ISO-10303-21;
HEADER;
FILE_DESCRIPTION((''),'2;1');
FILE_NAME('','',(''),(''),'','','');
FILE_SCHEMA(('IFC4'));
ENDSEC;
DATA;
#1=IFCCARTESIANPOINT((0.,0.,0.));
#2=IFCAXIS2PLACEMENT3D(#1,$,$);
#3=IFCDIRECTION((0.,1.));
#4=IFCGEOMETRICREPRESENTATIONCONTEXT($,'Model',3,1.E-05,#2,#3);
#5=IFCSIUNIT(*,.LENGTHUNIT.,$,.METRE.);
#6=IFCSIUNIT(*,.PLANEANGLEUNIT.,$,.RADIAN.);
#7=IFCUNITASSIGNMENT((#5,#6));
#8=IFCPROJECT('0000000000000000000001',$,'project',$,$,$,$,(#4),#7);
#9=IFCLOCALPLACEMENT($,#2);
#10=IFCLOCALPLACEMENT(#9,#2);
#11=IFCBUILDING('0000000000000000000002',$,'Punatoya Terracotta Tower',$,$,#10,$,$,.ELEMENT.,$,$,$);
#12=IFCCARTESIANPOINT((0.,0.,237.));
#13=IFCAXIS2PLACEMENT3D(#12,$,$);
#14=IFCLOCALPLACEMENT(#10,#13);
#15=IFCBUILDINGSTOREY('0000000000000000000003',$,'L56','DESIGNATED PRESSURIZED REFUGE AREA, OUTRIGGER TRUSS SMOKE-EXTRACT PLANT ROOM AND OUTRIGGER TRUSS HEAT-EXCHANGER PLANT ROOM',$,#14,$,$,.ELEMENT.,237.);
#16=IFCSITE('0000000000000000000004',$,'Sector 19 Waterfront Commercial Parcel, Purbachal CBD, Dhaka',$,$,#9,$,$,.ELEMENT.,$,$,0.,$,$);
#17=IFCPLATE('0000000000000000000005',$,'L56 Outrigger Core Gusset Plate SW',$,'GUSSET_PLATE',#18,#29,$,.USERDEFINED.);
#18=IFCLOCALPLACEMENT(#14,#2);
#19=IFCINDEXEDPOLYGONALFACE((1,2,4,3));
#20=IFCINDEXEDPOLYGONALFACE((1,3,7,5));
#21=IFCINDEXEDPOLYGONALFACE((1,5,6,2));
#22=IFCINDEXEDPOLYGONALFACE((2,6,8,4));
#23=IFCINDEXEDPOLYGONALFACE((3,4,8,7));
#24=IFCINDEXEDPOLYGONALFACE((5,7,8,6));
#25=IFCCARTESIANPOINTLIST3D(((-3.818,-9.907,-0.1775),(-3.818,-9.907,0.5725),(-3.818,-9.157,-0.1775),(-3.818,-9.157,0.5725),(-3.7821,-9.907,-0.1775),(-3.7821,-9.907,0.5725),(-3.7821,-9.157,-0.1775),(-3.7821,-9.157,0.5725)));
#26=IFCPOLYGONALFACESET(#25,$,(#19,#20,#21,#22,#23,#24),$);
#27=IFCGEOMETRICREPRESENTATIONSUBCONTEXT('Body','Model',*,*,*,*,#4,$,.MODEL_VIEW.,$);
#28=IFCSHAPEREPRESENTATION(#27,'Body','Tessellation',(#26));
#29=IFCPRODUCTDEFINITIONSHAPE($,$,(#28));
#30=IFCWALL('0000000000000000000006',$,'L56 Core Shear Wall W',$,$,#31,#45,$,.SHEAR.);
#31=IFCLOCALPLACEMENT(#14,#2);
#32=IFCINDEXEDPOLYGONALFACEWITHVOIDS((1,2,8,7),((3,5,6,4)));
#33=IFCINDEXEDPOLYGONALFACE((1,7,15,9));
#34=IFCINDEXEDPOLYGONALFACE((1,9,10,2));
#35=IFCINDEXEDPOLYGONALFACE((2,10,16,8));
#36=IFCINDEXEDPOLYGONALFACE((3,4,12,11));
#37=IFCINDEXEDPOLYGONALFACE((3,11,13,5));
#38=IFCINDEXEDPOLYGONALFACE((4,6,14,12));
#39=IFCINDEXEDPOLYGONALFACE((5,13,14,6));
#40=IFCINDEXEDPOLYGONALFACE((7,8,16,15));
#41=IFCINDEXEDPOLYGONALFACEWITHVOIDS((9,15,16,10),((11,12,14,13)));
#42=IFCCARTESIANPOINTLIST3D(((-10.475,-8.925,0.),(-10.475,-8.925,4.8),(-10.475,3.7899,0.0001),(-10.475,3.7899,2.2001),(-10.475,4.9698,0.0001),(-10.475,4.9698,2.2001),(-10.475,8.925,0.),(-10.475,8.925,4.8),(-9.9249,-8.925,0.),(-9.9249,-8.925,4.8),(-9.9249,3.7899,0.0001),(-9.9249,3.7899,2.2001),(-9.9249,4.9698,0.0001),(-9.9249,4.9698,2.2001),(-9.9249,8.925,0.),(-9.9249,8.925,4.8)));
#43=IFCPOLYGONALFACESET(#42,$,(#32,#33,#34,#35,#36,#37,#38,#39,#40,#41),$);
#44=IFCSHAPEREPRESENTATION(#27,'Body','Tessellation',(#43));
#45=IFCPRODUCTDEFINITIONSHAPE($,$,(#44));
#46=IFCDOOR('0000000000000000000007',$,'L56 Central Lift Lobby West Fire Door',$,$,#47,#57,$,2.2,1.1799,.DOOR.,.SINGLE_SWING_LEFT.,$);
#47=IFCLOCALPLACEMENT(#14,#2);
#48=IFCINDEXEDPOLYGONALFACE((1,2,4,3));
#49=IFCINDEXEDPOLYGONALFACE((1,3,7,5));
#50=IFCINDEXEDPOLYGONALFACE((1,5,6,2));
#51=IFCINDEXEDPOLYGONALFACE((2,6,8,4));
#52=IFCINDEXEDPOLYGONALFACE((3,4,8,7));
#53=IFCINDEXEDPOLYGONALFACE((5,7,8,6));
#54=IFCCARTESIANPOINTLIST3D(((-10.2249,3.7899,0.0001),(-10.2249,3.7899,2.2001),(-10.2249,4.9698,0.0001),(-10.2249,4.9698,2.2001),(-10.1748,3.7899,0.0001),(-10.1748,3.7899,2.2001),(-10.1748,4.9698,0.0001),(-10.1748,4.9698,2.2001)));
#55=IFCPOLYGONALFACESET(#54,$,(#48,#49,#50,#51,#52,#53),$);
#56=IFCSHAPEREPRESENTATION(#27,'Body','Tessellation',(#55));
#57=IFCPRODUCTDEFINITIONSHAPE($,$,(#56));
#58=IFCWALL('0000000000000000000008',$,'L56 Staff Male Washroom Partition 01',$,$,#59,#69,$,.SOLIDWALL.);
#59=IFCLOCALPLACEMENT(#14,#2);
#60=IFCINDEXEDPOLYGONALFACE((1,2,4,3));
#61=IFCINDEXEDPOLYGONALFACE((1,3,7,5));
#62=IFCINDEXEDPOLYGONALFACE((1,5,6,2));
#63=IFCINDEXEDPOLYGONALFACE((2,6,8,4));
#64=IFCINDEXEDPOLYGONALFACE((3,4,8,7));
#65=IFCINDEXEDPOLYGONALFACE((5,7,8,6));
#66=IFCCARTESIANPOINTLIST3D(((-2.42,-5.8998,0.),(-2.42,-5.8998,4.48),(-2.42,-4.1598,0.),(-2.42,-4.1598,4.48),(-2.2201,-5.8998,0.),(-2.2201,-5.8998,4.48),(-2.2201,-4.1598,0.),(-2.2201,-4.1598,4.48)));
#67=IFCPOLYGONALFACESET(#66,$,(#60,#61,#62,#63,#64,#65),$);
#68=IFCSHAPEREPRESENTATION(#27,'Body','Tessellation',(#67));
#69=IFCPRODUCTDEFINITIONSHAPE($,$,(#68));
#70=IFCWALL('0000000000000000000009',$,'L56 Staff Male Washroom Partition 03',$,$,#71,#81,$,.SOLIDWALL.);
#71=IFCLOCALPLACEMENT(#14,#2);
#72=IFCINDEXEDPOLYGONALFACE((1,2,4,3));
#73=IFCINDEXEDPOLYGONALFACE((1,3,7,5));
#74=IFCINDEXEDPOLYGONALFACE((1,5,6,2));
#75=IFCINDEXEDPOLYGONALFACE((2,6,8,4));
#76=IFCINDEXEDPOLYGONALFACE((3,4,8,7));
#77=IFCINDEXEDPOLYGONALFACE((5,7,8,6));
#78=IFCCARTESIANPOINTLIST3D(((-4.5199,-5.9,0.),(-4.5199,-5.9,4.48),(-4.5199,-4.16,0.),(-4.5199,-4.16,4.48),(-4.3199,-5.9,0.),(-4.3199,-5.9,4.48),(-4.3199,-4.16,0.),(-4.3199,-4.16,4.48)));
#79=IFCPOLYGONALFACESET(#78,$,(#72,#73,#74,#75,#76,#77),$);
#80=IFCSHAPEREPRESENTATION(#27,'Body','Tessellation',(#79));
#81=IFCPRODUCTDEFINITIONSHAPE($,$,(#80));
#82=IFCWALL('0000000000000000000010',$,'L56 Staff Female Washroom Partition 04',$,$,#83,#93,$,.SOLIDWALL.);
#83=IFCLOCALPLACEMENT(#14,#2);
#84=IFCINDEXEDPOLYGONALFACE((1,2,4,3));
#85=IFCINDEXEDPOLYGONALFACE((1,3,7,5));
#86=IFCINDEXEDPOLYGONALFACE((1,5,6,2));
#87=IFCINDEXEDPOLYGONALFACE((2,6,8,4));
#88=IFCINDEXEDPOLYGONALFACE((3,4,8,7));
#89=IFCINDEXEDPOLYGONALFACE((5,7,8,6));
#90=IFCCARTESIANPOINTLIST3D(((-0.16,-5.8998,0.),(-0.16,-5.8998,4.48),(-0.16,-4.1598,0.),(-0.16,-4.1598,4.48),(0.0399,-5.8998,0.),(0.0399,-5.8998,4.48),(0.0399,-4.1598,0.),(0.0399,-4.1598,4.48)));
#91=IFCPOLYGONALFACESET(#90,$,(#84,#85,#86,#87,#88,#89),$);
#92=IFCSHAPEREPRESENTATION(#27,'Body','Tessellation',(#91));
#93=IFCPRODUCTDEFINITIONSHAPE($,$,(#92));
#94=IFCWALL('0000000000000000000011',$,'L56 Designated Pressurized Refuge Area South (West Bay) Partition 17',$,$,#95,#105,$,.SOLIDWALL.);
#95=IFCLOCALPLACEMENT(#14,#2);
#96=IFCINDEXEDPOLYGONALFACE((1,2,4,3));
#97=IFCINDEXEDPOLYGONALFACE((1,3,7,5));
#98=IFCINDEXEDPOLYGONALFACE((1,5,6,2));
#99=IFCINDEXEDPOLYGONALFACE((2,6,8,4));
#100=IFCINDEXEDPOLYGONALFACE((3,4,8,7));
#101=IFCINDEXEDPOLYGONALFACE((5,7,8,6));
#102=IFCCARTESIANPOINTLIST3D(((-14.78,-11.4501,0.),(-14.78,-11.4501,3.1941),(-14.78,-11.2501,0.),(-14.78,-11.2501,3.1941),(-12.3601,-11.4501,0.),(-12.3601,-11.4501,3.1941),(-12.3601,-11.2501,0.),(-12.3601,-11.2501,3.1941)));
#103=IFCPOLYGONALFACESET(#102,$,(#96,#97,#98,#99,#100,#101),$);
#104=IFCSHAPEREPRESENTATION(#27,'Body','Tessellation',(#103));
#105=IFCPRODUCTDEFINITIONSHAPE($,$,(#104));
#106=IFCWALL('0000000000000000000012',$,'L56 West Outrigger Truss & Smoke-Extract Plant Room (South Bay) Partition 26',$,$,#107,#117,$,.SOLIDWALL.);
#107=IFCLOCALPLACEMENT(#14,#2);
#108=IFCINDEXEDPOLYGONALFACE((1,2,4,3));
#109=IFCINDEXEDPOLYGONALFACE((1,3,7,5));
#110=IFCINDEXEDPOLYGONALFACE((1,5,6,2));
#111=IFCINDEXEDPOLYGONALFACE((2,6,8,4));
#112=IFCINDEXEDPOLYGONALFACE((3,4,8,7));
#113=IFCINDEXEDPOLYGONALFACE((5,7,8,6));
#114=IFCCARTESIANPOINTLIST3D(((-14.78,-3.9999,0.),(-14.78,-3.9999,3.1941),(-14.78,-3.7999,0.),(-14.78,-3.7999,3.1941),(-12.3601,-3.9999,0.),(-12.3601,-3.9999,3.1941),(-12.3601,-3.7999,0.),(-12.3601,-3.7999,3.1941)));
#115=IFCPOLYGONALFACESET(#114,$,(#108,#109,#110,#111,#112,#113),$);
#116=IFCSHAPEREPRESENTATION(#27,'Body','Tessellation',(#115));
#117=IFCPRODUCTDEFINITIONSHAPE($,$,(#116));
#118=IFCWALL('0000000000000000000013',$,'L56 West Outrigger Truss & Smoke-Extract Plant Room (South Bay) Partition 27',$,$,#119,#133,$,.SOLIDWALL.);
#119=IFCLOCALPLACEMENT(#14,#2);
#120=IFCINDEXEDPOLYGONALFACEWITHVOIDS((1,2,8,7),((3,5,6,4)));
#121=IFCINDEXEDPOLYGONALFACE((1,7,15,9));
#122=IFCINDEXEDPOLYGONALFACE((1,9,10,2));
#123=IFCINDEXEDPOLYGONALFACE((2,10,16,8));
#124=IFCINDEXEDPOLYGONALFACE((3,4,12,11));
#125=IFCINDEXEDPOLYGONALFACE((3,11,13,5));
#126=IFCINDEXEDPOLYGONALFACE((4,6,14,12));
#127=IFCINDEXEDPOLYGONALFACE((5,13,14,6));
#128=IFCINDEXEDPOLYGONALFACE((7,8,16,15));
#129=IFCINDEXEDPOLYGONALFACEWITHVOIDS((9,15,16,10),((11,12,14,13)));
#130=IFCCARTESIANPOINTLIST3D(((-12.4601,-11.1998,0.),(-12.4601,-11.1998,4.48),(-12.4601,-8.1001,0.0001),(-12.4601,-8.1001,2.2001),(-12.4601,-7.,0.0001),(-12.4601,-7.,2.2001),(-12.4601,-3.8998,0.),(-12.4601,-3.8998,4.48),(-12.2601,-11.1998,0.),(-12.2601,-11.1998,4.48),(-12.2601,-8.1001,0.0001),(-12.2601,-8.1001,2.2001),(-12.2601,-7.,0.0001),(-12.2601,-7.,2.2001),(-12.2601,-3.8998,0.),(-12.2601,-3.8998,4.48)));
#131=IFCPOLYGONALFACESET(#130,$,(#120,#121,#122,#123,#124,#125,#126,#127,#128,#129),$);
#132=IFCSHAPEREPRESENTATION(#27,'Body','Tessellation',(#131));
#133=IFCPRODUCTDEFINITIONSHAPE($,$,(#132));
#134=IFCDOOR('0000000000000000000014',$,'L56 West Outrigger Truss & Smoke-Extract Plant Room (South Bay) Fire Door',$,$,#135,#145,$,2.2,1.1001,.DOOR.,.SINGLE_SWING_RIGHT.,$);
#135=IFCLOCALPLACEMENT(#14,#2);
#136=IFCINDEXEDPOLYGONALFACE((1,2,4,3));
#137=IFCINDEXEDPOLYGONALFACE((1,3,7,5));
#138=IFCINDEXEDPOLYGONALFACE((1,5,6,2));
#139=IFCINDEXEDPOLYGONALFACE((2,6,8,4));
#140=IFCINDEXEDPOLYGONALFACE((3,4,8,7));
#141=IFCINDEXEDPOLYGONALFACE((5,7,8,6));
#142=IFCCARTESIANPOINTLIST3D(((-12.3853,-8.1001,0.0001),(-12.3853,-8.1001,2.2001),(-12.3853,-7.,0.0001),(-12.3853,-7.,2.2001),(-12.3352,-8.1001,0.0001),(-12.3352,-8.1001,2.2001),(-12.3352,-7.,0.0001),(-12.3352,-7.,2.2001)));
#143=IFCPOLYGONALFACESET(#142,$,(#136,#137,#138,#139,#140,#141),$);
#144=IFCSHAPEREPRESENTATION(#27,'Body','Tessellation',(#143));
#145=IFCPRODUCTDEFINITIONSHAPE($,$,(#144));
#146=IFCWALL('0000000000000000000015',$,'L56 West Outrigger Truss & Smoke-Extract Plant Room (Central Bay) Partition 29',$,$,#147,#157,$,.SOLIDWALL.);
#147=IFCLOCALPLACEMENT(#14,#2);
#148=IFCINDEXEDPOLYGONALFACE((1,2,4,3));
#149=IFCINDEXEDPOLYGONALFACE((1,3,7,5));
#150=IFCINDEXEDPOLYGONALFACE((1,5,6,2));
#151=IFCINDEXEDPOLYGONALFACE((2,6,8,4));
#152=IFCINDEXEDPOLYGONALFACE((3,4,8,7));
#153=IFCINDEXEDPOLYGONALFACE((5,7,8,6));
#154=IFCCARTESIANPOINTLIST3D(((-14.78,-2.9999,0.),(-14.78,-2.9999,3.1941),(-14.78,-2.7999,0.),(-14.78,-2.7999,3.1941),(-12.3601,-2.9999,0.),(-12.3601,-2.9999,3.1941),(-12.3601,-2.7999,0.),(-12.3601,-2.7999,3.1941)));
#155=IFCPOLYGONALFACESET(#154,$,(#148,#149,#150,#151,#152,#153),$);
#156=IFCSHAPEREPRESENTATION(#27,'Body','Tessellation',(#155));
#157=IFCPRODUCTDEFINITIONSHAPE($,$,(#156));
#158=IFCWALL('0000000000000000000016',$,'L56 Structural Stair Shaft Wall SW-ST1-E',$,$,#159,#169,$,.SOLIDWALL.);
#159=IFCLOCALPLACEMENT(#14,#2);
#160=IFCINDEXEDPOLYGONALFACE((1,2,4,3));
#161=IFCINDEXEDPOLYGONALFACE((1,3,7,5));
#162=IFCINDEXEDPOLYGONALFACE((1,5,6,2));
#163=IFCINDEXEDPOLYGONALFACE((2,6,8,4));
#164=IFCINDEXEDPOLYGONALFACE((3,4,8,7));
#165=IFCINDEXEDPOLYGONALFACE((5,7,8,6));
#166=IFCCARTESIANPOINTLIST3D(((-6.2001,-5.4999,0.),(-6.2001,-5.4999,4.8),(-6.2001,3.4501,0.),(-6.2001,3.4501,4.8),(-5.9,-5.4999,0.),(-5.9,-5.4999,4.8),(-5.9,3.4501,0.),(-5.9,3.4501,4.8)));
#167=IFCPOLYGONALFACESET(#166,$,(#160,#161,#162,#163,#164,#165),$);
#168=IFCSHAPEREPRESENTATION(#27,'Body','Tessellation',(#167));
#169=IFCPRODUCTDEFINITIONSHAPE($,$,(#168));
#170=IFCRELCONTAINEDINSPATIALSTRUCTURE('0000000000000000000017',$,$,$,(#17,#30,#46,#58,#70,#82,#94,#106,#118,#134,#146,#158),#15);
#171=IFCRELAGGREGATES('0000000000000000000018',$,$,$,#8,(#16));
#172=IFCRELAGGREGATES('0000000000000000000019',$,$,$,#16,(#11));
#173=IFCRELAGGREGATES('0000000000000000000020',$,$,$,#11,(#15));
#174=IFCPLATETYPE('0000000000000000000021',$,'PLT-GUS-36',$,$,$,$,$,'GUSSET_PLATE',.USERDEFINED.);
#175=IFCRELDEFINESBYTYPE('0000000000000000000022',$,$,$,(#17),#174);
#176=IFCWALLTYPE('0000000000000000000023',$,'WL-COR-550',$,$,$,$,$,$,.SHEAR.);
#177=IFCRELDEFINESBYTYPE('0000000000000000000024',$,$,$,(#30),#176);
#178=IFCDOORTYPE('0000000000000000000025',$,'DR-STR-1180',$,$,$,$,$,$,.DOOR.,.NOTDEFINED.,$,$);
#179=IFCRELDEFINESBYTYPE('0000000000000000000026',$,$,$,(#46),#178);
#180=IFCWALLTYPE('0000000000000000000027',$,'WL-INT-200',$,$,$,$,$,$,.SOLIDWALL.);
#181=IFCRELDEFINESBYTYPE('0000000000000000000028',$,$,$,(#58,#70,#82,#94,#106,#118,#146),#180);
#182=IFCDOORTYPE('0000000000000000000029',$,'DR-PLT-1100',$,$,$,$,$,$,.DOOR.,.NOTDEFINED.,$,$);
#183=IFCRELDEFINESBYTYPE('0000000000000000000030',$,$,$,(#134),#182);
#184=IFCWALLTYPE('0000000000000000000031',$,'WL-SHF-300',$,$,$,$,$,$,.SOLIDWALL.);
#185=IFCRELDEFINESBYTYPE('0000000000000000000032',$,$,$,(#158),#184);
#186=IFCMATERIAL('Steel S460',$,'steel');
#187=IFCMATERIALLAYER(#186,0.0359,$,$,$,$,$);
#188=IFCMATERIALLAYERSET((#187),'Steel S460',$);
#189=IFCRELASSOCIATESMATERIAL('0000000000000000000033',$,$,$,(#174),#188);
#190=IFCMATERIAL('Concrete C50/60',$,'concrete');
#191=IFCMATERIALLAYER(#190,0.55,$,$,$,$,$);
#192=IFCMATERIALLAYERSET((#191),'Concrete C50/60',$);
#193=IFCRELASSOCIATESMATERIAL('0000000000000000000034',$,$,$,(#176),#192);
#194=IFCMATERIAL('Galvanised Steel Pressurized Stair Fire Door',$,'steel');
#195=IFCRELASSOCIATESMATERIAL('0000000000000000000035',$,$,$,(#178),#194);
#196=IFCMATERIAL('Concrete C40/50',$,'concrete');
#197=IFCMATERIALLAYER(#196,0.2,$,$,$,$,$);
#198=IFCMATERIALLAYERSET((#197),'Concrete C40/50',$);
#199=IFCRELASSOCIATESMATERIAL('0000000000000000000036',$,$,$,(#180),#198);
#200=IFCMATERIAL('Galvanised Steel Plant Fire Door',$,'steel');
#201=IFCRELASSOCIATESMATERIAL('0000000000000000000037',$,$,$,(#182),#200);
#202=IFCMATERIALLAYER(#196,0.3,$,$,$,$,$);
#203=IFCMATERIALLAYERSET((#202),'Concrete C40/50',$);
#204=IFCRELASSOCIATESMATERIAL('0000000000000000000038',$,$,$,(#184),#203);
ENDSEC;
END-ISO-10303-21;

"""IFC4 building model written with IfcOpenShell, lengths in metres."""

from ifc_helpers import new_model, si_unit, direction, frame, frame_2d, origin, origin_2d, place, context, subcontext, project, spatial, rectangle, extrude, material, layer, layer_set, type_object, element, fill, save


model = new_model("IFC4")

# Units and contexts
model_context = context("Model", 3, precision=1e-05, world=origin(), true_north=direction((0.0, 1.0)))
body_context = subcontext(model_context, "Body", "Model", "MODEL_VIEW")
ifc_project = project(units=[si_unit("LENGTHUNIT", "METRE"), si_unit("PLANEANGLEUNIT", "RADIAN")], contexts=[model_context])

# Site, building, storey
site_placement = place(None, origin())
site = spatial("IfcSite", under=ifc_project, at=site_placement, Name="Sector 19 Waterfront Commercial Parcel, Purbachal CBD, Dhaka", CompositionType="ELEMENT", RefElevation=0.0)
building_placement = place(site_placement, origin())
building = spatial("IfcBuilding", under=site, at=building_placement, Name="Punatoya Terracotta Tower", CompositionType="ELEMENT")
storey_placement = place(building_placement, frame((0.0, 0.0, 237.0)))
storey = spatial("IfcBuildingStorey", under=building, at=storey_placement, Name="L56", Description="DESIGNATED PRESSURIZED REFUGE AREA, OUTRIGGER TRUSS SMOKE-EXTRACT PLANT ROOM AND OUTRIGGER TRUSS HEAT-EXCHANGER PLANT ROOM", CompositionType="ELEMENT", Elevation=237.0)

# Shared definitions
ifc_material_1 = material(Name="Steel S460", Category="steel")

# Shared definitions
ifc_material_2 = material(Name="Concrete C50/60", Category="concrete")

# Plate
ifc_layer_1 = layer(ifc_material_1, 0.0359)
ifc_layer_set_1 = layer_set([ifc_layer_1], Name="Steel S460")
plate_type = type_object("IfcPlateType", Name="PLT-GUS-36", ElementType="GUSSET_PLATE", PredefinedType="USERDEFINED", material=ifc_layer_set_1)
for number, where, z_axis, x_axis, name in (
    (1, (-3.8, -9.532, -0.1775), (0.0, 0.0, 1.0), (0.0, 1.0, 0.0), "L56 Outrigger Core Gusset Plate SW"),
):
    element("IfcPlate", number, at=place(storey_placement, frame(where, z_axis=z_axis, x_axis=x_axis)), inside=storey, type_object=plate_type, Name=name, ObjectType="GUSSET_PLATE", PredefinedType="USERDEFINED", context=body_context, shape_type="SweptSolid", body=[
        extrude(rectangle(XDim=0.75, YDim=0.0359, at=origin_2d()), origin(), (0.0, 0.0, 1.0), 0.75),
    ])

# Wall, opening, door
ifc_layer_2 = layer(ifc_material_2, 0.55)
ifc_layer_set_2 = layer_set([ifc_layer_2], Name="Concrete C50/60")
wall_type_1 = type_object("IfcWallType", Name="WL-COR-550", PredefinedType="SHEAR", material=ifc_layer_set_2)
wall_1_placement = place(storey_placement, frame((-10.2, -8.925, 0.0), z_axis=(0.0, 0.0, 1.0), x_axis=(0.0, 1.0, 0.0)))
wall_1 = element("IfcWall", 2, at=wall_1_placement, inside=storey, type_object=wall_type_1, Name="L56 Core Shear Wall W", PredefinedType="SHEAR", context=body_context, shape_type="SweptSolid", body=[
    extrude(rectangle(XDim=17.8501, YDim=0.55, at=frame_2d((8.925, 0.0))), origin(), (0.0, 0.0, 1.0), 4.8),
])
opening_1_placement = place(wall_1_placement, frame((12.7151, 0.0, 0.0)))
opening_1 = element("IfcOpeningElement", 3, at=opening_1_placement, cuts=wall_1, PredefinedType="OPENING", context=body_context, shape_type="SweptSolid", body=[
    extrude(rectangle(XDim=1.1799, YDim=2.2, at=frame_2d((0.5898, 1.1001))), frame((0.0, 0.2849, 0.0), z_axis=(0.0, -1.0, 0.0), x_axis=(1.0, 0.0, 0.0)), (0.0, 0.0, 1.0), 0.5701),
])
ifc_material_3 = material(Name="Galvanised Steel Pressurized Stair Fire Door", Category="steel")
door_type_1 = type_object("IfcDoorType", Name="DR-STR-1180", OperationType="NOTDEFINED", PredefinedType="DOOR", material=ifc_material_3)
door_1_placement = place(opening_1_placement, origin())
door_1 = element("IfcDoor", 4, at=door_1_placement, inside=storey, type_object=door_type_1, Name="L56 Central Lift Lobby West Fire Door", OperationType="SINGLE_SWING_LEFT", OverallHeight=2.2, OverallWidth=1.1799, PredefinedType="DOOR", context=body_context, shape_type="SweptSolid", body=[
    extrude(rectangle(XDim=1.1799, YDim=2.2, at=frame_2d((0.5898, 1.1001))), frame((0.0, 0.0249, 0.0), z_axis=(0.0, -1.0, 0.0), x_axis=(1.0, 0.0, 0.0)), (0.0, 0.0, 1.0), 0.05),
])
fill(opening_1, door_1)

# Wall
ifc_material_4 = material(Name="Concrete C40/50", Category="concrete")
ifc_layer_3 = layer(ifc_material_4, 0.2)
ifc_layer_set_3 = layer_set([ifc_layer_3], Name="Concrete C40/50")
wall_type_2 = type_object("IfcWallType", Name="WL-INT-200", PredefinedType="SOLIDWALL", material=ifc_layer_set_3)
wall_2_placement = place(storey_placement, frame((-2.3201, -5.8999, 0.0), z_axis=(0.0, 0.0, 1.0), x_axis=(0.0, 1.0, 0.0)))
element("IfcWall", 5, at=wall_2_placement, inside=storey, type_object=wall_type_2, Name="L56 Staff Male Washroom Partition 01", PredefinedType="SOLIDWALL", context=body_context, shape_type="SweptSolid", body=[
    extrude(rectangle(XDim=1.74, YDim=0.2, at=frame_2d((0.8701, 0.0))), origin(), (0.0, 0.0, 1.0), 4.48),
])

# Walls
for number, where, z_axis, x_axis, name in (
    (6, (-4.4199, -4.1599, 0.0), (0.0, 0.0, 1.0), (0.0, -1.0, 0.0), "L56 Staff Male Washroom Partition 03"),
    (7, (-0.0601, -5.8999, 0.0), (0.0, 0.0, 1.0), (0.0, 1.0, 0.0), "L56 Staff Female Washroom Partition 04"),
):
    element("IfcWall", number, at=place(storey_placement, frame(where, z_axis=z_axis, x_axis=x_axis)), inside=storey, type_object=wall_type_2, Name=name, PredefinedType="SOLIDWALL", context=body_context, shape_type="SweptSolid", body=[
        extrude(rectangle(XDim=1.74, YDim=0.2, at=frame_2d((0.8701, 0.0))), origin(), (0.0, 0.0, 1.0), 4.48),
    ])
for number, where, z_axis, x_axis, name in (
    (8, (-14.78, -11.3501, 0.0), (0.0, 0.0, 1.0), (1.0, 0.0, 0.0), "L56 Designated Pressurized Refuge Area South (West Bay) Partition 17"),
    (9, (-14.78, -3.8999, 0.0), (0.0, 0.0, 1.0), (1.0, 0.0, 0.0), "L56 West Outrigger Truss & Smoke-Extract Plant Room (South Bay) Partition 26"),
):
    element("IfcWall", number, at=place(storey_placement, frame(where, z_axis=z_axis, x_axis=x_axis)), inside=storey, type_object=wall_type_2, Name=name, PredefinedType="SOLIDWALL", context=body_context, shape_type="SweptSolid", body=[
        extrude(rectangle(XDim=2.4199, YDim=0.2, at=frame_2d((1.21, 0.0))), origin(), (0.0, 0.0, 1.0), 3.1941),
    ])

# Wall, opening, door
wall_3_placement = place(storey_placement, frame((-12.3601, -3.8999, 0.0), z_axis=(0.0, 0.0, 1.0), x_axis=(0.0, -1.0, 0.0)))
wall_3 = element("IfcWall", 10, at=wall_3_placement, inside=storey, type_object=wall_type_2, Name="L56 West Outrigger Truss & Smoke-Extract Plant Room (South Bay) Partition 27", PredefinedType="SOLIDWALL", context=body_context, shape_type="SweptSolid", body=[
    extrude(rectangle(XDim=7.3, YDim=0.2, at=frame_2d((3.6499, 0.0))), origin(), (0.0, 0.0, 1.0), 4.48),
])
opening_2_placement = place(wall_3_placement, frame((3.1001, 0.0, 0.0)))
opening_2 = element("IfcOpeningElement", 11, at=opening_2_placement, cuts=wall_3, PredefinedType="OPENING", context=body_context, shape_type="SweptSolid", body=[
    extrude(rectangle(XDim=1.1001, YDim=2.2, at=frame_2d((0.55, 1.1001))), frame((0.0, 0.1099, 0.0), z_axis=(0.0, -1.0, 0.0), x_axis=(1.0, 0.0, 0.0)), (0.0, 0.0, 1.0), 0.22),
])
ifc_material_5 = material(Name="Galvanised Steel Plant Fire Door", Category="steel")
door_type_2 = type_object("IfcDoorType", Name="DR-PLT-1100", OperationType="NOTDEFINED", PredefinedType="DOOR", material=ifc_material_5)
door_2_placement = place(opening_2_placement, origin())
door_2 = element("IfcDoor", 12, at=door_2_placement, inside=storey, type_object=door_type_2, Name="L56 West Outrigger Truss & Smoke-Extract Plant Room (South Bay) Fire Door", OperationType="SINGLE_SWING_RIGHT", OverallHeight=2.2, OverallWidth=1.1001, PredefinedType="DOOR", context=body_context, shape_type="SweptSolid", body=[
    extrude(rectangle(XDim=1.1001, YDim=2.2, at=frame_2d((0.55, 1.1001))), frame((0.0, 0.0249, 0.0), z_axis=(0.0, -1.0, 0.0), x_axis=(1.0, 0.0, 0.0)), (0.0, 0.0, 1.0), 0.05),
])
fill(opening_2, door_2)

# Walls
wall_4_placement = place(storey_placement, frame((-12.3601, -2.8999, 0.0), z_axis=(0.0, 0.0, 1.0), x_axis=(-1.0, 0.0, 0.0)))
element("IfcWall", 13, at=wall_4_placement, inside=storey, type_object=wall_type_2, Name="L56 West Outrigger Truss & Smoke-Extract Plant Room (Central Bay) Partition 29", PredefinedType="SOLIDWALL", context=body_context, shape_type="SweptSolid", body=[
    extrude(rectangle(XDim=2.4199, YDim=0.2, at=frame_2d((1.21, 0.0))), origin(), (0.0, 0.0, 1.0), 3.1941),
])
ifc_layer_4 = layer(ifc_material_4, 0.3)
ifc_layer_set_4 = layer_set([ifc_layer_4], Name="Concrete C40/50")
wall_type_3 = type_object("IfcWallType", Name="WL-SHF-300", PredefinedType="SOLIDWALL", material=ifc_layer_set_4)
wall_5_placement = place(storey_placement, frame((-6.05, -5.5, 0.0), z_axis=(0.0, 0.0, 1.0), x_axis=(0.0, 1.0, 0.0)))
element("IfcWall", 14, at=wall_5_placement, inside=storey, type_object=wall_type_3, Name="L56 Structural Stair Shaft Wall SW-ST1-E", PredefinedType="SOLIDWALL", context=body_context, shape_type="SweptSolid", body=[
    extrude(rectangle(XDim=8.95, YDim=0.3, at=frame_2d((4.4751, 0.0))), origin(), (0.0, 0.0, 1.0), 4.8),
])

save(model, "model.ifc")
